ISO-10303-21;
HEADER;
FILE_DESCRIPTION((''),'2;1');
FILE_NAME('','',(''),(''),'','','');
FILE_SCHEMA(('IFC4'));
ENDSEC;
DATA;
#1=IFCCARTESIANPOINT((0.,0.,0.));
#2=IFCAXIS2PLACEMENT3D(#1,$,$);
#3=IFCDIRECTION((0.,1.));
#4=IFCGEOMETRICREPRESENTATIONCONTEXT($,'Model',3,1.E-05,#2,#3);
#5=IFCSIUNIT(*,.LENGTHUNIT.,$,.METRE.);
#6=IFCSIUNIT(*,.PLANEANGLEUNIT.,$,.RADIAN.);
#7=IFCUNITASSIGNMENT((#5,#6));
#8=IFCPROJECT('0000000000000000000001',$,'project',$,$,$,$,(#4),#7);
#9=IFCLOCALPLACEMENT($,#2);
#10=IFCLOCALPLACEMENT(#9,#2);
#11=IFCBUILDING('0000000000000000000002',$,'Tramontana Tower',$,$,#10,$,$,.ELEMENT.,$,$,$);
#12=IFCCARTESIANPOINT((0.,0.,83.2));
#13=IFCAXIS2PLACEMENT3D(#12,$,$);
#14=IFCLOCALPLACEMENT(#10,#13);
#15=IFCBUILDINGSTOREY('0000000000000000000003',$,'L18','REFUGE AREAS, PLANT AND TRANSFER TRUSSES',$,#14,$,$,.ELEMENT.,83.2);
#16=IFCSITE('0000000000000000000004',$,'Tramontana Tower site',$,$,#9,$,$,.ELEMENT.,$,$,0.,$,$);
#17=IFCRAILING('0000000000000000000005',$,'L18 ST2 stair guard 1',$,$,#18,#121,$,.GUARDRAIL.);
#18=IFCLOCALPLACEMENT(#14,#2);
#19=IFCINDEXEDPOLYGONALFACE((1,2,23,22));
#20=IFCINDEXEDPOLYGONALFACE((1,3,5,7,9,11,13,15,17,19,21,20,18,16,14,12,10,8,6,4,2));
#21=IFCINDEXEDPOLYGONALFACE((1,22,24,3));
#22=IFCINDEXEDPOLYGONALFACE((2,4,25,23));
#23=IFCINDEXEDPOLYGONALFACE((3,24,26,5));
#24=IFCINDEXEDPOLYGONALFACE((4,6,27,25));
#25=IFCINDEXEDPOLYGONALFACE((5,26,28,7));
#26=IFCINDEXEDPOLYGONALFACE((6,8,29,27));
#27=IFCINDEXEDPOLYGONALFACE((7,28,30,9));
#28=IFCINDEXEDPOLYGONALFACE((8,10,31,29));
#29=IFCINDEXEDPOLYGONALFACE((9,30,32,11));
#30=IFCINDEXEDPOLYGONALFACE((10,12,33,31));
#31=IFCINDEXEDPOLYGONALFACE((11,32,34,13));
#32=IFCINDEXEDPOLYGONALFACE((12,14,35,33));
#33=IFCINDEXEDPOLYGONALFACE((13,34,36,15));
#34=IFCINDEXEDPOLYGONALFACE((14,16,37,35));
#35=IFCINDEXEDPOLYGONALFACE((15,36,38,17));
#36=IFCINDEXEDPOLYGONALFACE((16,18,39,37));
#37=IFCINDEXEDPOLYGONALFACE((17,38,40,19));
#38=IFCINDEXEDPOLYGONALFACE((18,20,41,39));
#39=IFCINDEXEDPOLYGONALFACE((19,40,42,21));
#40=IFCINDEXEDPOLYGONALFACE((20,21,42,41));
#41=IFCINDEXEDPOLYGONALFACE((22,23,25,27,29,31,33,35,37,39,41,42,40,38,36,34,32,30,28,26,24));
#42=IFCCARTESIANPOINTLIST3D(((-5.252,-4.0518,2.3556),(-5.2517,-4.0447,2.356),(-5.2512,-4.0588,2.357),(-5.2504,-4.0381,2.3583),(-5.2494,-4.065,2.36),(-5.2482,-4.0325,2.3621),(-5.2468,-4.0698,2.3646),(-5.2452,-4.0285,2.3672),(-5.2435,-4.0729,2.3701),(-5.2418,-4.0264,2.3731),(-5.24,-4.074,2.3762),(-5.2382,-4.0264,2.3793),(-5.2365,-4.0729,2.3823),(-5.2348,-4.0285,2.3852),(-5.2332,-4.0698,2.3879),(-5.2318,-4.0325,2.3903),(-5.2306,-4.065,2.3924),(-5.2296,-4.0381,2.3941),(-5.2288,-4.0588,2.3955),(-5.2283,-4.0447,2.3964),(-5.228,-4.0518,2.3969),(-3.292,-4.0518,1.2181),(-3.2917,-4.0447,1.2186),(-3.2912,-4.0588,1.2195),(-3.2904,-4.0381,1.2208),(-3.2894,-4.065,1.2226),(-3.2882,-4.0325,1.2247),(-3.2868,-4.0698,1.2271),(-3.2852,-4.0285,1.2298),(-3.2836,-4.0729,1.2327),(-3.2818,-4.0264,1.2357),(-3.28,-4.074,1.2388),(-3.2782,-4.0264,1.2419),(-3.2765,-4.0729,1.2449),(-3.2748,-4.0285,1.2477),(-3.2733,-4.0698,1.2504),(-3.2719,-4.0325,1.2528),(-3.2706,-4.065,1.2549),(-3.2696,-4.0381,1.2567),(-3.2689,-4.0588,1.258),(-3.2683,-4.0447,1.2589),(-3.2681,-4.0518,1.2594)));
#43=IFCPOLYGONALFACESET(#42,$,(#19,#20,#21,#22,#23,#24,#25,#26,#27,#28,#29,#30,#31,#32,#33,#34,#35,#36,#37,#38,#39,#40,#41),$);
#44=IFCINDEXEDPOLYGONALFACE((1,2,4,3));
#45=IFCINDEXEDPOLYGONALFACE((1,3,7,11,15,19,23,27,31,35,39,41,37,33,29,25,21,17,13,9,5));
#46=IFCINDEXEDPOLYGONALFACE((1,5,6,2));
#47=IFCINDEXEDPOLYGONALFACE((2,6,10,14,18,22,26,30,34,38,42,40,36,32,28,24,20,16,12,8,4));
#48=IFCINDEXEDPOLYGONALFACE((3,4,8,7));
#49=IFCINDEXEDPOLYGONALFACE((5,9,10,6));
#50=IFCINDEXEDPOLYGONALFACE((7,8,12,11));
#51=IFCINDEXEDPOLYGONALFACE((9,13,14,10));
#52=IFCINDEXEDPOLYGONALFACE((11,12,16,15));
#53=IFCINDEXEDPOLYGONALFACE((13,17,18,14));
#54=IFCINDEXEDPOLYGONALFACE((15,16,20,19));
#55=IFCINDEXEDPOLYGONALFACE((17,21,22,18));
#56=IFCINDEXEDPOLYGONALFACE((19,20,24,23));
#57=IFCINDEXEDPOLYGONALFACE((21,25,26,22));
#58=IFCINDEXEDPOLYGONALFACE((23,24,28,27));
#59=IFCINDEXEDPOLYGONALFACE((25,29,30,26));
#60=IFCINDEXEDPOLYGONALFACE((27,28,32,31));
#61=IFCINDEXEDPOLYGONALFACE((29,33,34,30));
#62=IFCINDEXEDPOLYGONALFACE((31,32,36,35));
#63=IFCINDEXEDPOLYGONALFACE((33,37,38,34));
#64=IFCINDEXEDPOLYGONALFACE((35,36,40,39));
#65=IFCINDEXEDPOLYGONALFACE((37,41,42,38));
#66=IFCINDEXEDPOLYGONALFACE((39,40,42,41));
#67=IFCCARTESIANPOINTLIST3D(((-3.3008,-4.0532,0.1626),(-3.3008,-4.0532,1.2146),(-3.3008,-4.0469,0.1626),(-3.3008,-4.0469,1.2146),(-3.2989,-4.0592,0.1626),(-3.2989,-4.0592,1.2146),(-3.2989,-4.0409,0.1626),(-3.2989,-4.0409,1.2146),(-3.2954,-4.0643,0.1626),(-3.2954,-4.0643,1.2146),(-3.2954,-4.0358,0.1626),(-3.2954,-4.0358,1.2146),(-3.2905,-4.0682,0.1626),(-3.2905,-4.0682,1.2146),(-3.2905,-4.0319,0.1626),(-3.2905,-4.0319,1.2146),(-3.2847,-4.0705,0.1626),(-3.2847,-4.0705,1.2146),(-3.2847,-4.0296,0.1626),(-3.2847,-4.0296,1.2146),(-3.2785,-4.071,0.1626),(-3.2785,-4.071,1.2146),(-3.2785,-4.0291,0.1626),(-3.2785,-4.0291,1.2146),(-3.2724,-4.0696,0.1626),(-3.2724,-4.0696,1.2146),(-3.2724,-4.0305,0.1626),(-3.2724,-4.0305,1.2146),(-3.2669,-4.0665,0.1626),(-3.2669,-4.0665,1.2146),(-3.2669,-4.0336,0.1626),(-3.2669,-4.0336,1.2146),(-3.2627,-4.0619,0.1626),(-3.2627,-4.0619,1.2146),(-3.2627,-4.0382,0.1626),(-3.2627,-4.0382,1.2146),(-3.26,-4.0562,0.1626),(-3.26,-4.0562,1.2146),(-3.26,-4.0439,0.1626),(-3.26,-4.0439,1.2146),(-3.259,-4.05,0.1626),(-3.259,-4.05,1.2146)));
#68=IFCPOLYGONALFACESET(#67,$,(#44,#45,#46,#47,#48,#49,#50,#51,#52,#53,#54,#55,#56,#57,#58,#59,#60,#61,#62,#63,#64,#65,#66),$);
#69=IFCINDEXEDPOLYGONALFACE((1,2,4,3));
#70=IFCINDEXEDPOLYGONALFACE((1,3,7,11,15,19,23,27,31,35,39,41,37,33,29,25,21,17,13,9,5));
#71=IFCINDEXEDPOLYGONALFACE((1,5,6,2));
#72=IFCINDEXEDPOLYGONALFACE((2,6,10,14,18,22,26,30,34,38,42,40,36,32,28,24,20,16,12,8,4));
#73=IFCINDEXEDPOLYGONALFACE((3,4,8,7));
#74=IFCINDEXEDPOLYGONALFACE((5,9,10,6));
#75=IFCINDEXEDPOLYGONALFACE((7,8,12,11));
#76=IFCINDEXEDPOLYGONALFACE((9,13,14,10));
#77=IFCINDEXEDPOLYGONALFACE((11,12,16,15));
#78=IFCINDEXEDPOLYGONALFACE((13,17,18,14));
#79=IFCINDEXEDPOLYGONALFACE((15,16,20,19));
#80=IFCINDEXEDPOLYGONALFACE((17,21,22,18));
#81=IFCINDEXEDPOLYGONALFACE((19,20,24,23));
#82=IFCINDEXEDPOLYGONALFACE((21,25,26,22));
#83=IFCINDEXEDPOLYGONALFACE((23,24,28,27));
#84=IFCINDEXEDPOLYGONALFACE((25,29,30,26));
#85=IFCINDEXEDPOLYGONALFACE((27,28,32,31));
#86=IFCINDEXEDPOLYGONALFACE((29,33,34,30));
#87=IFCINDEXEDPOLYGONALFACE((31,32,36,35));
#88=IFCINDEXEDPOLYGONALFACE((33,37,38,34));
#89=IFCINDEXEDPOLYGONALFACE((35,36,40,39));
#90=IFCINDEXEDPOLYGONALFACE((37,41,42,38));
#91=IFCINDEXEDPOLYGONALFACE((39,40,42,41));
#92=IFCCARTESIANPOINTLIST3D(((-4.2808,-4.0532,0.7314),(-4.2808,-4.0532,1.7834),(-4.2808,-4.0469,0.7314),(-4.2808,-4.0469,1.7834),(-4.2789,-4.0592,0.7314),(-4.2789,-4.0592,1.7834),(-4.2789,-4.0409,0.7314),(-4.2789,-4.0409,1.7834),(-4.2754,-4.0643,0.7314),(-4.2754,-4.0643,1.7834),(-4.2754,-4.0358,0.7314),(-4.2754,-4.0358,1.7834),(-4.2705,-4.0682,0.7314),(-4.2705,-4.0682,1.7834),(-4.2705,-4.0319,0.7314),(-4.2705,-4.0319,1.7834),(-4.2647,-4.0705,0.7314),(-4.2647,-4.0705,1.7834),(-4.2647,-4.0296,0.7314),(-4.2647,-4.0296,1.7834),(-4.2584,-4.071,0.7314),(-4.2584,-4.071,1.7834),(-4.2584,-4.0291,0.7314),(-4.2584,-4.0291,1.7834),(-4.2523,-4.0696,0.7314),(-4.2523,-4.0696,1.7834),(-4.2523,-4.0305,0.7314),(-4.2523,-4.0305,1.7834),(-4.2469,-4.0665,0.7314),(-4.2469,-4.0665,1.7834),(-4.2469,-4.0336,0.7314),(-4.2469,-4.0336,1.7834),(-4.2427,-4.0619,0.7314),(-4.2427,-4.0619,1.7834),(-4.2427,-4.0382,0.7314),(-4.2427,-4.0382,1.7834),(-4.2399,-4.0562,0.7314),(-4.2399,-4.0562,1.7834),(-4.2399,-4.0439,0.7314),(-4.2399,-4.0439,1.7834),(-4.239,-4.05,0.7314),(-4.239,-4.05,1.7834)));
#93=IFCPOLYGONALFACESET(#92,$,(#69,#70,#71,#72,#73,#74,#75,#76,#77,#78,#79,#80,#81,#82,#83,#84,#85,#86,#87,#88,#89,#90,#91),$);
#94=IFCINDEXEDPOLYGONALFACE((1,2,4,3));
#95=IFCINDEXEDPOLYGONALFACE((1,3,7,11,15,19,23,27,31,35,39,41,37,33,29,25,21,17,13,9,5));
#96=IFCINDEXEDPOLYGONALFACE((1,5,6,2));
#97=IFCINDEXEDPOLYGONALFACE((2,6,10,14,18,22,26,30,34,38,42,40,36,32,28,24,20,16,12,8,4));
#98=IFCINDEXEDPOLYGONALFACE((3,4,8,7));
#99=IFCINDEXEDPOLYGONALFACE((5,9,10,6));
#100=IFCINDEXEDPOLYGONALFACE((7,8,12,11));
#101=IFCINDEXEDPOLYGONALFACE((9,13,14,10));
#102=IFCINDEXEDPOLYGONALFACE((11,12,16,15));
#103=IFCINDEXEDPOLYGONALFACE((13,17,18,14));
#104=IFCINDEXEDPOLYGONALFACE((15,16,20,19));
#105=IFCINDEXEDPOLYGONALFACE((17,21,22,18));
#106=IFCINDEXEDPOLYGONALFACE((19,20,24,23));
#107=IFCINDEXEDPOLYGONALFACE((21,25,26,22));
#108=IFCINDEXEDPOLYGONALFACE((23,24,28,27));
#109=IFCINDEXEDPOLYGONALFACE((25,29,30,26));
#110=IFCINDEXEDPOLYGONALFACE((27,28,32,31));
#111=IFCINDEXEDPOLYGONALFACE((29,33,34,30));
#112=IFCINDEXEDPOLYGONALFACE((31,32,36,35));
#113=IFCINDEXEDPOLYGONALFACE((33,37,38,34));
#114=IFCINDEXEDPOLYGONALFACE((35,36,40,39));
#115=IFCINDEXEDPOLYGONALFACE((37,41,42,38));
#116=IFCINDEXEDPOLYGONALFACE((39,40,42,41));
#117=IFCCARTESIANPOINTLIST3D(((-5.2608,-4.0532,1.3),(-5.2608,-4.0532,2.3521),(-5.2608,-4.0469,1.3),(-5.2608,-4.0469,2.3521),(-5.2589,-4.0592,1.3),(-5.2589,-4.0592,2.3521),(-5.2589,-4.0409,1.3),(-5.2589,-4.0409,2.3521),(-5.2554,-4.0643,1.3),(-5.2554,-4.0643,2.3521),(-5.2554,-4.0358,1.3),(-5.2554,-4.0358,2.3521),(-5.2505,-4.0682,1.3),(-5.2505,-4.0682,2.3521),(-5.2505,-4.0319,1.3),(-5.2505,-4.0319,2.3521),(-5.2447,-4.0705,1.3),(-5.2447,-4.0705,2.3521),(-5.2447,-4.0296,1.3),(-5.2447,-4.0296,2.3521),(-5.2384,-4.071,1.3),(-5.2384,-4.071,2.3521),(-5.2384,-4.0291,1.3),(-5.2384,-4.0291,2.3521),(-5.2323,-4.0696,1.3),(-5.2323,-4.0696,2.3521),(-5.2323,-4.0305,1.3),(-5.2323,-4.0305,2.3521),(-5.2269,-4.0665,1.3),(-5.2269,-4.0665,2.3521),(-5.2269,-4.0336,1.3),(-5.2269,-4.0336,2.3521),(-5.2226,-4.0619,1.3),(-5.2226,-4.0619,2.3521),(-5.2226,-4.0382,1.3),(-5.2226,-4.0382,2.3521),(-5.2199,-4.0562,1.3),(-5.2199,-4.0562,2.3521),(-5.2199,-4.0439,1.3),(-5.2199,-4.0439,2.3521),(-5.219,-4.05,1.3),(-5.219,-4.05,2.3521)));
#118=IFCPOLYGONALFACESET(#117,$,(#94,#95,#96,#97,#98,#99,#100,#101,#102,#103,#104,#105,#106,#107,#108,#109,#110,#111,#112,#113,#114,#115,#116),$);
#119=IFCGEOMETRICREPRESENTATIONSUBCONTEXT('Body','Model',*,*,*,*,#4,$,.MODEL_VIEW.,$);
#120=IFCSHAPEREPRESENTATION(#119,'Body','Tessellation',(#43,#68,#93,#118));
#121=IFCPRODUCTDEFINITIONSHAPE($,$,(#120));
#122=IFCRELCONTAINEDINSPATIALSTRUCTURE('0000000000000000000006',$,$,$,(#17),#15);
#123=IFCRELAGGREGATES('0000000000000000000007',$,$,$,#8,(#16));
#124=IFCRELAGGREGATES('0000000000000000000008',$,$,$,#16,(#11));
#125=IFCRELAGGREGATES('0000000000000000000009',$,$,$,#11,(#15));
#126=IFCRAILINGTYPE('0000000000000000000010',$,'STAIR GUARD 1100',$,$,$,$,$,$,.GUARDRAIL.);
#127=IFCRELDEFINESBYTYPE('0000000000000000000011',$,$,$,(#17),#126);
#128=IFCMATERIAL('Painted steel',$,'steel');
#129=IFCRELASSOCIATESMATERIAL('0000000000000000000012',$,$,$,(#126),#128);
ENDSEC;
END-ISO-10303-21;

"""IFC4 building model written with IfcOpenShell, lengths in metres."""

from ifc_helpers import new_model, si_unit, direction, frame, origin, origin_2d, place, context, subcontext, project, spatial, circle, extrude, material, type_object, element, save


model = new_model("IFC4")

# Units and contexts
model_context = context("Model", 3, precision=1e-05, world=origin(), true_north=direction((0.0, 1.0)))
body_context = subcontext(model_context, "Body", "Model", "MODEL_VIEW")
ifc_project = project(units=[si_unit("LENGTHUNIT", "METRE"), si_unit("PLANEANGLEUNIT", "RADIAN")], contexts=[model_context])

# Site, building, storey
site_placement = place(None, origin())
site = spatial("IfcSite", under=ifc_project, at=site_placement, Name="Tramontana Tower site", CompositionType="ELEMENT", RefElevation=0.0)
building_placement = place(site_placement, origin())
building = spatial("IfcBuilding", under=site, at=building_placement, Name="Tramontana Tower", CompositionType="ELEMENT")
storey_placement = place(building_placement, frame((0.0, 0.0, 83.2)))
storey = spatial("IfcBuildingStorey", under=building, at=storey_placement, Name="L18", Description="REFUGE AREAS, PLANT AND TRANSFER TRUSSES", CompositionType="ELEMENT", Elevation=83.2)

# Railing
ifc_material_1 = material(Name="Painted steel", Category="steel")
railing_type_1 = type_object("IfcRailingType", Name="STAIR GUARD 1100", PredefinedType="GUARDRAIL", material=ifc_material_1)
railing_1_placement = place(storey_placement, frame((-3.28, -4.05, 0.1626)))
element("IfcRailing", 1, at=railing_1_placement, inside=storey, type_object=railing_type_1, Name="L18 ST2 stair guard 1", PredefinedType="GUARDRAIL", context=body_context, shape_type="SweptSolid", body=[
    extrude(circle(Radius=0.0239, at=origin_2d()), frame((0.0, 0.0, 1.0762), z_axis=(-0.864902, 0.0, 0.501941), x_axis=(0.0, -1.0, 0.0)), (0.0, 0.0, 1.0), 2.2661),
    extrude(circle(Radius=0.021, at=origin_2d()), origin(), (0.0, 0.0, 1.0), 1.052),
    extrude(circle(Radius=0.021, at=origin_2d()), frame((-0.98, 0.0, 0.5688)), (0.0, 0.0, 1.0), 1.052),
    extrude(circle(Radius=0.021, at=origin_2d()), frame((-1.96, 0.0, 1.1375)), (0.0, 0.0, 1.0), 1.052),
])

save(model, "model.ifc")
